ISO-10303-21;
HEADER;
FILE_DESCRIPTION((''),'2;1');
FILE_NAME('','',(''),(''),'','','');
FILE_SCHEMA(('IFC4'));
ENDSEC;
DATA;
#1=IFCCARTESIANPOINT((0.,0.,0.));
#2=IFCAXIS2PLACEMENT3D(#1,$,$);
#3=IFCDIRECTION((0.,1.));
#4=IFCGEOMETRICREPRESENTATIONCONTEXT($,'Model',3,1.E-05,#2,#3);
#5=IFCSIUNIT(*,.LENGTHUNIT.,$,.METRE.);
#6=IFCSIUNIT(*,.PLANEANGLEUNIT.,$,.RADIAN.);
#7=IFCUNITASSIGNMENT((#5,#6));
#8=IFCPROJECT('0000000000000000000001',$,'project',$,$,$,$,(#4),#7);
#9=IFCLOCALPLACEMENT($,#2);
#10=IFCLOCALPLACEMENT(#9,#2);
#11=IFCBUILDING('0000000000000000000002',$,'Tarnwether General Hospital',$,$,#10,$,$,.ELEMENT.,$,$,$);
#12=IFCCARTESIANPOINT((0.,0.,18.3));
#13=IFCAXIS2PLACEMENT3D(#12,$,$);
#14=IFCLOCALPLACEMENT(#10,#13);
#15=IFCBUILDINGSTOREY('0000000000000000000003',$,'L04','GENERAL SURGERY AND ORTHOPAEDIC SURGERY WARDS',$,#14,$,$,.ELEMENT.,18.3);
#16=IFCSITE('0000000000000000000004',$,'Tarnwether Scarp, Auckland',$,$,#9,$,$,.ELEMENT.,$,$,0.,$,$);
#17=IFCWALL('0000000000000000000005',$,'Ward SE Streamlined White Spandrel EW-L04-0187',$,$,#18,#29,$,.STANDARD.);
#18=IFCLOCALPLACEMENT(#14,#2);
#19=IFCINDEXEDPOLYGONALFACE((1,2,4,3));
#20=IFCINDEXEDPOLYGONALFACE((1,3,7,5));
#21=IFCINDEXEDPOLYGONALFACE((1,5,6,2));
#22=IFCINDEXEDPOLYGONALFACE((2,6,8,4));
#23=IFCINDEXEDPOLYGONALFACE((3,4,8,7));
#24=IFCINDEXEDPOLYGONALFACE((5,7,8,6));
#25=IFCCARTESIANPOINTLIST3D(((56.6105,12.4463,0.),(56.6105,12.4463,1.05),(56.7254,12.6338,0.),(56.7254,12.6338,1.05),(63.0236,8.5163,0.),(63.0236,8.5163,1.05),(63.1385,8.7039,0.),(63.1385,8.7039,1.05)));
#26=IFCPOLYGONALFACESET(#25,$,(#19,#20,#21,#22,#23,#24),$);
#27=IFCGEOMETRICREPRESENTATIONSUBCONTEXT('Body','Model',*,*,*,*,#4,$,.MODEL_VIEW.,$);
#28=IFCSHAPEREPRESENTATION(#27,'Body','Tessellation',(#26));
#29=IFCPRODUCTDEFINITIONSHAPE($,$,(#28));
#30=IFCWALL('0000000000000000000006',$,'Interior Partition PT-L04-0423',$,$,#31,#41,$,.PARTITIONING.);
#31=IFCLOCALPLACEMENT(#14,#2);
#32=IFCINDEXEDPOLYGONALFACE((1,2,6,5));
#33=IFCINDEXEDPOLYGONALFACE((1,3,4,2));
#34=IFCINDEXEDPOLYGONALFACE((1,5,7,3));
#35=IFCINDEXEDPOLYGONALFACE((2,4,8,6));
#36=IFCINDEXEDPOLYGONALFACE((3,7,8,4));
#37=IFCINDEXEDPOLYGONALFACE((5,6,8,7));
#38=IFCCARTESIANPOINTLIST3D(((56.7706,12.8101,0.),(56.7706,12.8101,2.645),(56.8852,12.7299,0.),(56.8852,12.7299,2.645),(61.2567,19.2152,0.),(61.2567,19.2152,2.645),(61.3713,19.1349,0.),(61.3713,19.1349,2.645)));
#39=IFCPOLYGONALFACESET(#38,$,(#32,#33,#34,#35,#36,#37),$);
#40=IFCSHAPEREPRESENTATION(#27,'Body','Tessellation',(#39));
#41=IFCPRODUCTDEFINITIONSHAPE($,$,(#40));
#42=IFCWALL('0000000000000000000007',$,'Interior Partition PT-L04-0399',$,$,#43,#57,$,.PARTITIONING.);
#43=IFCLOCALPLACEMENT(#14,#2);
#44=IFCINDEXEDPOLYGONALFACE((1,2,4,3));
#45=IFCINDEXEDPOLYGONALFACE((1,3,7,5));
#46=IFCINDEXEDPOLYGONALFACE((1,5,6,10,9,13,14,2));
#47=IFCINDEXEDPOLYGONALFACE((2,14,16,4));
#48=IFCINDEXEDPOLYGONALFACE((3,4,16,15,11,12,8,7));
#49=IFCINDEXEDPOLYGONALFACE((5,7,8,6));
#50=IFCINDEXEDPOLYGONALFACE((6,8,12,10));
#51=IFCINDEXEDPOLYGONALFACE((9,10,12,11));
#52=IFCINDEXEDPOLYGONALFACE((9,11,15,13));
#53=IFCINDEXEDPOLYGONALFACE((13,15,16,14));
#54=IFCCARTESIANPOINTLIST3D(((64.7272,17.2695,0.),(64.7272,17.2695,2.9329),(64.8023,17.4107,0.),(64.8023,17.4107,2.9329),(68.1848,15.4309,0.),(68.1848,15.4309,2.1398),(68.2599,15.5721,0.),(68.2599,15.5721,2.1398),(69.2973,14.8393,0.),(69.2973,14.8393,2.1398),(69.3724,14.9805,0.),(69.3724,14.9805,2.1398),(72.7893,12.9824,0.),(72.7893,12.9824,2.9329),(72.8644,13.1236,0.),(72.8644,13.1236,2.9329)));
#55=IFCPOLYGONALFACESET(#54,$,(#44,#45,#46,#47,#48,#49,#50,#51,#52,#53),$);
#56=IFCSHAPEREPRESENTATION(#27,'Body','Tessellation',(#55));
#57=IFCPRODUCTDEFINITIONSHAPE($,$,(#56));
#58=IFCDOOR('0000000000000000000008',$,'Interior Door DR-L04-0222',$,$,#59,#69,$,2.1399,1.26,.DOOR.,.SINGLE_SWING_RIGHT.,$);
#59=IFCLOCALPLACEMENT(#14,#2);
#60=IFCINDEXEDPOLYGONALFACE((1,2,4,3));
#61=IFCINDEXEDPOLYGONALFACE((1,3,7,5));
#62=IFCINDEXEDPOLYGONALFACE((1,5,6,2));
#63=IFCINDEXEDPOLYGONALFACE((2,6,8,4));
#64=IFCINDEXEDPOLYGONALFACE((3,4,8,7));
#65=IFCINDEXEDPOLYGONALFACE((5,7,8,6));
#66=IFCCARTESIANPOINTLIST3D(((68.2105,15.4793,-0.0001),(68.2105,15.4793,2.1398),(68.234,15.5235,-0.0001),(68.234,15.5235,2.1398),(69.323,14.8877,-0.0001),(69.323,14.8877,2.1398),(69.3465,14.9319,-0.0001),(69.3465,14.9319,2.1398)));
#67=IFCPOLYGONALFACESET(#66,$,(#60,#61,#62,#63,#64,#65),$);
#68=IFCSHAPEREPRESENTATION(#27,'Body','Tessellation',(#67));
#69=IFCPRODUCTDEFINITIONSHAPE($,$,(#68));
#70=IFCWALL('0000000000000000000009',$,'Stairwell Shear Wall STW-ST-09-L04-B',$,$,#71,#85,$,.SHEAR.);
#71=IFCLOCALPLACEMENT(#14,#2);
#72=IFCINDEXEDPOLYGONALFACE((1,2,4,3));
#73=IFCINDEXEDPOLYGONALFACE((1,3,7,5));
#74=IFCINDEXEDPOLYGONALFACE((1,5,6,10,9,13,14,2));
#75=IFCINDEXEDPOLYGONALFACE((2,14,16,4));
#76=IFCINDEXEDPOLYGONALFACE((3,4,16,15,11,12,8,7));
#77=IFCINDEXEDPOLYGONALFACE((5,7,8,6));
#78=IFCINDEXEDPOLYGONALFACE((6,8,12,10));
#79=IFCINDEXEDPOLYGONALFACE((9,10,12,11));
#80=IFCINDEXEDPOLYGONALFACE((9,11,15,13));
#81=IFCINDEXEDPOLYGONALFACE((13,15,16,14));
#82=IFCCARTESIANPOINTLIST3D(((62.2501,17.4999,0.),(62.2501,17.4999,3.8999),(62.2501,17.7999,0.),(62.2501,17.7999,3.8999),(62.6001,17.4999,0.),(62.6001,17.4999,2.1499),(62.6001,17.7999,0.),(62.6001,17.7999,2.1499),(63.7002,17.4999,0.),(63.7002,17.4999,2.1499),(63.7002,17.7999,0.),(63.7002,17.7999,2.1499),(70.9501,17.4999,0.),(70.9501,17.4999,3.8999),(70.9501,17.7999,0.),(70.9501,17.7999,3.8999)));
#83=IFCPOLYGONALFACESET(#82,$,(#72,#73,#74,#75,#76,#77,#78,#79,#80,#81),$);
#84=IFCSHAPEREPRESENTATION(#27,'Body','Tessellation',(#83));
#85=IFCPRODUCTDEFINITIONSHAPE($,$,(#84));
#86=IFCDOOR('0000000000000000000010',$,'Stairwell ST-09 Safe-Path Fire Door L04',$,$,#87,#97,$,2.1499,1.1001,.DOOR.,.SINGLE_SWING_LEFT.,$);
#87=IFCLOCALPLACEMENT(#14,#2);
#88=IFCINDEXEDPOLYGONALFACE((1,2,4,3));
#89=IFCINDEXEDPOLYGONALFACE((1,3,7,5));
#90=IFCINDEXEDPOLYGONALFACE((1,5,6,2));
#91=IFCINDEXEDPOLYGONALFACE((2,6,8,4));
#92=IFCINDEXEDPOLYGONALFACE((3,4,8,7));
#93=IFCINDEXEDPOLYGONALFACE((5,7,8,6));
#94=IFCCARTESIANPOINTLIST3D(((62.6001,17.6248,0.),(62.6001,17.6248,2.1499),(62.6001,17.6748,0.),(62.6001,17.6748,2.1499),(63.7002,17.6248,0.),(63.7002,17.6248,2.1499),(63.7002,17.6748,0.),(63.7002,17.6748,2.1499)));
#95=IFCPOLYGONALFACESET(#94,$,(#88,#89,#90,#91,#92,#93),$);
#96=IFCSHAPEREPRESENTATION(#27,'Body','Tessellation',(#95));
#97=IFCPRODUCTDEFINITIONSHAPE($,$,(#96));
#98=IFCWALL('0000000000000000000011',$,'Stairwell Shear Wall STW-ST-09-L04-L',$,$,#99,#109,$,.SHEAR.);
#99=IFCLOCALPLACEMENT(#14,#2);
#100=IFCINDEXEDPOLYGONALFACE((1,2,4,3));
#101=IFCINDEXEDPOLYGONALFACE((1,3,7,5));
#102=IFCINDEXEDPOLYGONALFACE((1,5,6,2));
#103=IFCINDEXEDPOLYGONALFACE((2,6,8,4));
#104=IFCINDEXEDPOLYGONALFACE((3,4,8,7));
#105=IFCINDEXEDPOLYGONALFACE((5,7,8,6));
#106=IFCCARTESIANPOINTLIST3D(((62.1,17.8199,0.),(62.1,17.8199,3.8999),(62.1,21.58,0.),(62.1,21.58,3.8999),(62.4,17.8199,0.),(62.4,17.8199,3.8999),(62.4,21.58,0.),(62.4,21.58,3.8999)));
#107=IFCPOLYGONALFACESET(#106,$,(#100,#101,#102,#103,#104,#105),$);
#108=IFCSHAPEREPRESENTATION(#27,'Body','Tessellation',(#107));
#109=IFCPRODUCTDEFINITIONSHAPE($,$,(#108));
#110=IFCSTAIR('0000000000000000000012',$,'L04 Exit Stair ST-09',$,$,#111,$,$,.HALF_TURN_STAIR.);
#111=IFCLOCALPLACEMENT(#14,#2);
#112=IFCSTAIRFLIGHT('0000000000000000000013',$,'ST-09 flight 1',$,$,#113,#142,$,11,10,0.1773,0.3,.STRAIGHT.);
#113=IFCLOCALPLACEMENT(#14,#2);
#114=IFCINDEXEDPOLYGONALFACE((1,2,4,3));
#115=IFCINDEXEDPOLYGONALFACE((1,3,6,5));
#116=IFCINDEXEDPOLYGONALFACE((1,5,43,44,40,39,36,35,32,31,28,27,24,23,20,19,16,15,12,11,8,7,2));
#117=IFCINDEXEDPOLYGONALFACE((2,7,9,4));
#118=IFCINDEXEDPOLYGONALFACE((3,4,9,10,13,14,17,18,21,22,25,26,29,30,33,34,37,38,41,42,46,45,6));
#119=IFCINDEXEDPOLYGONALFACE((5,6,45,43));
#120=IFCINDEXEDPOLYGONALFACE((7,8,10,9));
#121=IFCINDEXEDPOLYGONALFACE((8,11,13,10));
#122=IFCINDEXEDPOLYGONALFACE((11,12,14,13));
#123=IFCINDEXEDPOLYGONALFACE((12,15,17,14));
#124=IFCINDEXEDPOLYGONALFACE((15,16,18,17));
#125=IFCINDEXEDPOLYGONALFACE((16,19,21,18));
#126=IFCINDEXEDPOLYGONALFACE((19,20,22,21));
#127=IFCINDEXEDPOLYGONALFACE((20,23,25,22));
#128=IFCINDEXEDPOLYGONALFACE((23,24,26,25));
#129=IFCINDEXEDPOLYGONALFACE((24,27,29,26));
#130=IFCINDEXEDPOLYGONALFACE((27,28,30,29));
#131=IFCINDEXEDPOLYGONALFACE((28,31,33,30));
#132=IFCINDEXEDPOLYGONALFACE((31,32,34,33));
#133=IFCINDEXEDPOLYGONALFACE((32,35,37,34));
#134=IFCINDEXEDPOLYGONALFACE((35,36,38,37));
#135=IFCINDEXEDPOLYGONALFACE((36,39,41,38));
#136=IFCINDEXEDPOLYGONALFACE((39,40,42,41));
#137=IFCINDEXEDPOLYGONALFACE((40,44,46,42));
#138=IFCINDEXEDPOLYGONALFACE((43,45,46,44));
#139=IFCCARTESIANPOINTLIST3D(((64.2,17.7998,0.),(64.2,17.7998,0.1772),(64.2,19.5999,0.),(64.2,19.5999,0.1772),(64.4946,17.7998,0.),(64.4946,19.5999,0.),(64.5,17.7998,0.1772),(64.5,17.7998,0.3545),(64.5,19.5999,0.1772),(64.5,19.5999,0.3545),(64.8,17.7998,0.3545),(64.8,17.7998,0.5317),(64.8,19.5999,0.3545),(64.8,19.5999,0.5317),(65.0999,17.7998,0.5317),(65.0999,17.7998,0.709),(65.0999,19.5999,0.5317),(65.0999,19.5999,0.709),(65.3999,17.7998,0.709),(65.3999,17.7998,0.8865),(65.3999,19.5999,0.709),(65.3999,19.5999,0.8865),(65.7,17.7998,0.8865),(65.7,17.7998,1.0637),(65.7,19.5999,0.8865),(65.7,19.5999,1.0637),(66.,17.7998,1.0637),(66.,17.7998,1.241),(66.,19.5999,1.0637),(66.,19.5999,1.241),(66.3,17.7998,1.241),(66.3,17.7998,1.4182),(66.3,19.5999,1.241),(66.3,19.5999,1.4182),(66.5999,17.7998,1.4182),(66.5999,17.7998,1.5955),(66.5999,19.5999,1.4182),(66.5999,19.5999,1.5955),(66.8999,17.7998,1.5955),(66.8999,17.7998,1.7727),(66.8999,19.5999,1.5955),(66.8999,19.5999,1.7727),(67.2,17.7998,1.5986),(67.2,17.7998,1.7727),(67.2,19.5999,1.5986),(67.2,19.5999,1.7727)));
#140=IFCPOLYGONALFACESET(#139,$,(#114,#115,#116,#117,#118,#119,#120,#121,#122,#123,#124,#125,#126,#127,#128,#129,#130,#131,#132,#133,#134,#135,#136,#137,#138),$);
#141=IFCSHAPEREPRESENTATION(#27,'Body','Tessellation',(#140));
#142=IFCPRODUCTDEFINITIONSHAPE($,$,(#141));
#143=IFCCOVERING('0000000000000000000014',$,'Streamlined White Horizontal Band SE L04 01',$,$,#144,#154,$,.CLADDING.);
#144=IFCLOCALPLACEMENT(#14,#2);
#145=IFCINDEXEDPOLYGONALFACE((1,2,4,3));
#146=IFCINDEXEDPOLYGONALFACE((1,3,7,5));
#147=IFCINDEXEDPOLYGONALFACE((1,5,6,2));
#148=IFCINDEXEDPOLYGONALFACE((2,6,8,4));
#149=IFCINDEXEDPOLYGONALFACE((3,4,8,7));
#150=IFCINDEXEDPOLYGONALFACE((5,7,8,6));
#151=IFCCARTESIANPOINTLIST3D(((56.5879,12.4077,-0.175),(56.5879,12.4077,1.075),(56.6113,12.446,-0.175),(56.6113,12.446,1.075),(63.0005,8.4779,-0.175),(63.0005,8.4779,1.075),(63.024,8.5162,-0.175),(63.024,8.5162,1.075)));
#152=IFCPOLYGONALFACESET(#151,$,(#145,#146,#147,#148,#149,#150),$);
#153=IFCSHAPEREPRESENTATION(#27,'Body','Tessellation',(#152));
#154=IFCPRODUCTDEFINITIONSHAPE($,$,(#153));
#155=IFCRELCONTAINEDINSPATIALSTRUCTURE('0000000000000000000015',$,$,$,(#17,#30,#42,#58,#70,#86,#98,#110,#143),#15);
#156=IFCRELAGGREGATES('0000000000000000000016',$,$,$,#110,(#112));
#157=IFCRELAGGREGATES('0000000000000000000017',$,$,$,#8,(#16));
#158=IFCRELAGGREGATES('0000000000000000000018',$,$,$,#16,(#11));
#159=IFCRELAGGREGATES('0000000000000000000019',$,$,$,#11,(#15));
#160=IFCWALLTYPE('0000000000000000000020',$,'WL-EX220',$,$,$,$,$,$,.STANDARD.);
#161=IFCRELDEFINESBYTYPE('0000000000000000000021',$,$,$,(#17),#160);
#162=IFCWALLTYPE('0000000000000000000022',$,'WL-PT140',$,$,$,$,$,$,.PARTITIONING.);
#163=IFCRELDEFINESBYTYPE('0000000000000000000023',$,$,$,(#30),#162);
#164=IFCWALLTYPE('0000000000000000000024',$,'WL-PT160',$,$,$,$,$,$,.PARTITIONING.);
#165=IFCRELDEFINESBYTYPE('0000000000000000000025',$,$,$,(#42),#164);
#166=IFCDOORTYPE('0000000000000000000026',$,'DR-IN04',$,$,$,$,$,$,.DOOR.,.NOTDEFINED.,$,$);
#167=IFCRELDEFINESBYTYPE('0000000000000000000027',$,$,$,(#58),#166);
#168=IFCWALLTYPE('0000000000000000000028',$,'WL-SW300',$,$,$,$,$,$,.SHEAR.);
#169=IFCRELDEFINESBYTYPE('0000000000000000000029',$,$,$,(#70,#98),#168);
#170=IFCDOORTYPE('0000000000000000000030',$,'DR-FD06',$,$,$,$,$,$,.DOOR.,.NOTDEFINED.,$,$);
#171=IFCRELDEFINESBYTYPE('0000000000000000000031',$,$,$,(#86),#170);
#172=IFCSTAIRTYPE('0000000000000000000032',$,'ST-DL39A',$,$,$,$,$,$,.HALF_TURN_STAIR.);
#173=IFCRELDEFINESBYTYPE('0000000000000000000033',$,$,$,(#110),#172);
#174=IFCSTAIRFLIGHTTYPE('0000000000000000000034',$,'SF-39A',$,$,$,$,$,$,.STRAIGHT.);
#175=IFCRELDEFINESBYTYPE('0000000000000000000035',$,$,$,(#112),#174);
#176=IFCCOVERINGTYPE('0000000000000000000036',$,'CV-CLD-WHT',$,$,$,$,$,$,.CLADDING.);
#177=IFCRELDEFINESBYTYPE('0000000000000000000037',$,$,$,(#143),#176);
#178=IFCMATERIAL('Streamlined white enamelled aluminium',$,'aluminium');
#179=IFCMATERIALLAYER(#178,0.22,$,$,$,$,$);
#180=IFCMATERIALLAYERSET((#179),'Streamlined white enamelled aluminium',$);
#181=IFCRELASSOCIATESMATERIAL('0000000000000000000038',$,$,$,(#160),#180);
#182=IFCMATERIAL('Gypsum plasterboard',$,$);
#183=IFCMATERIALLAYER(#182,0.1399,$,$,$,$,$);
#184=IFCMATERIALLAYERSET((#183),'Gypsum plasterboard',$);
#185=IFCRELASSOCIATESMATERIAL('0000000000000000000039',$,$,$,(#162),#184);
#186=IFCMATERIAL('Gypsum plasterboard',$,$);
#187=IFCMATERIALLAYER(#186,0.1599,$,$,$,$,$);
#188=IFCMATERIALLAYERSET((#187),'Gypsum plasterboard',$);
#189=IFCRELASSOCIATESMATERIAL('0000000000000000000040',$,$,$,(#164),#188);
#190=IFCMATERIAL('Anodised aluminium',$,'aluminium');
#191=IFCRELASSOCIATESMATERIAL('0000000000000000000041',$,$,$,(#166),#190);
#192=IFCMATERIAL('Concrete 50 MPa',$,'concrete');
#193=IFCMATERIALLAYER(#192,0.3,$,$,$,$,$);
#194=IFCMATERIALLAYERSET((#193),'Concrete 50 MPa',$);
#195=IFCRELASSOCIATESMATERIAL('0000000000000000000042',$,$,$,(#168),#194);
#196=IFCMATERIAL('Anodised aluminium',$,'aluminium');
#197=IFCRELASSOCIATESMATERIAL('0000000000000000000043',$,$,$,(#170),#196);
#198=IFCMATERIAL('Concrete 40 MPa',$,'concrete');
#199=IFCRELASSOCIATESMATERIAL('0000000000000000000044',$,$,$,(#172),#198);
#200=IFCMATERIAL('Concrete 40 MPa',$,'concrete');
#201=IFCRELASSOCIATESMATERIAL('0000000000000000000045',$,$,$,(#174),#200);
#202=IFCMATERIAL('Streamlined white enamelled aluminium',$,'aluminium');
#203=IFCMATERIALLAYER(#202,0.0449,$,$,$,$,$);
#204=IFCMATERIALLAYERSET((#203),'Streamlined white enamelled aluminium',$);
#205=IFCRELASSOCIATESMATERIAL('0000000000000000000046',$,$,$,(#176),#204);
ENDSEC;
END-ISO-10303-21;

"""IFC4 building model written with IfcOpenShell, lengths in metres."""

from ifc_helpers import new_model, si_unit, direction, frame, frame_2d, origin, origin_2d, place, context, subcontext, project, spatial, polyline, rectangle, outline, extrude, material, layer, layer_set, type_object, element, fill, aggregate, save


model = new_model("IFC4")

# Units and contexts
model_context = context("Model", 3, precision=1e-05, world=origin(), true_north=direction((0.0, 1.0)))
body_context = subcontext(model_context, "Body", "Model", "MODEL_VIEW")
ifc_project = project(units=[si_unit("LENGTHUNIT", "METRE"), si_unit("PLANEANGLEUNIT", "RADIAN")], contexts=[model_context])

# Site, building, storey
site_placement = place(None, origin())
site = spatial("IfcSite", under=ifc_project, at=site_placement, Name="Tarnwether Scarp, Auckland", CompositionType="ELEMENT", RefElevation=0.0)
building_placement = place(site_placement, origin())
building = spatial("IfcBuilding", under=site, at=building_placement, Name="Tarnwether General Hospital", CompositionType="ELEMENT")
storey_placement = place(building_placement, frame((0.0, 0.0, 18.3)))
storey = spatial("IfcBuildingStorey", under=building, at=storey_placement, Name="L04", Description="GENERAL SURGERY AND ORTHOPAEDIC SURGERY WARDS", CompositionType="ELEMENT", Elevation=18.3)

# Walls
ifc_material_1 = material(Name="Streamlined white enamelled aluminium", Category="aluminium")
ifc_layer_1 = layer(ifc_material_1, 0.22)
ifc_layer_set_1 = layer_set([ifc_layer_1], Name="Streamlined white enamelled aluminium")
wall_type_1 = type_object("IfcWallType", Name="WL-EX220", PredefinedType="STANDARD", material=ifc_layer_set_1)
wall_1_placement = place(storey_placement, frame((63.0811, 8.6101, 0.0), z_axis=(0.0, 0.0, 1.0), x_axis=(-0.852641, 0.522497, 0.0)))
element("IfcWall", 1, at=wall_1_placement, inside=storey, type_object=wall_type_1, Name="Ward SE Streamlined White Spandrel EW-L04-0187", PredefinedType="STANDARD", context=body_context, shape_type="SweptSolid", body=[
    extrude(rectangle(XDim=7.5215, YDim=0.22, at=frame_2d((3.7607, 0.0))), origin(), (0.0, 0.0, 1.0), 1.05),
])
ifc_material_2 = material(Name="Gypsum plasterboard")
ifc_layer_2 = layer(ifc_material_2, 0.1399)
ifc_layer_set_2 = layer_set([ifc_layer_2], Name="Gypsum plasterboard")
wall_type_2 = type_object("IfcWallType", Name="WL-PT140", PredefinedType="PARTITIONING", material=ifc_layer_set_2)
wall_2_placement = place(storey_placement, frame((61.314, 19.175, 0.0), z_axis=(0.0, 0.0, 1.0), x_axis=(-0.573682, -0.819078, 0.0)))
element("IfcWall", 2, at=wall_2_placement, inside=storey, type_object=wall_type_2, Name="Interior Partition PT-L04-0423", PredefinedType="PARTITIONING", context=body_context, shape_type="SweptSolid", body=[
    extrude(rectangle(XDim=7.8198, YDim=0.1399, at=frame_2d((3.9099, 0.0))), origin(), (0.0, 0.0, 1.0), 2.645),
])

# Walls, openings, doors
ifc_material_3 = material(Name="Gypsum plasterboard")
ifc_layer_3 = layer(ifc_material_3, 0.1599)
ifc_layer_set_3 = layer_set([ifc_layer_3], Name="Gypsum plasterboard")
wall_type_3 = type_object("IfcWallType", Name="WL-PT160", PredefinedType="PARTITIONING", material=ifc_layer_set_3)
wall_3_placement = place(storey_placement, frame((64.7649, 17.3401, 0.0), z_axis=(0.0, 0.0, 1.0), x_axis=(0.882927, -0.469511, 0.0)))
wall_3 = element("IfcWall", 3, at=wall_3_placement, inside=storey, type_object=wall_type_3, Name="Interior Partition PT-L04-0399", PredefinedType="PARTITIONING", context=body_context, shape_type="SweptSolid", body=[
    extrude(rectangle(XDim=9.1311, YDim=0.1599, at=frame_2d((4.5654, 0.0))), origin(), (0.0, 0.0, 1.0), 2.9329),
])
opening_1_placement = place(wall_3_placement, frame((3.916, 0.0, 0.0)))
opening_1 = element("IfcOpeningElement", 4, at=opening_1_placement, cuts=wall_3, PredefinedType="OPENING", context=body_context, shape_type="SweptSolid", body=[
    extrude(rectangle(XDim=1.26, YDim=2.1399, at=frame_2d((0.6299, 1.0698))), frame((0.0, 0.0898, 0.0), z_axis=(0.0, -1.0, 0.0), x_axis=(1.0, 0.0, 0.0)), (0.0, 0.0, 1.0), 0.1799),
])
ifc_material_4 = material(Name="Anodised aluminium", Category="aluminium")
door_type_1 = type_object("IfcDoorType", Name="DR-IN04", OperationType="NOTDEFINED", PredefinedType="DOOR", material=ifc_material_4)
door_1_placement = place(opening_1_placement, origin())
door_1 = element("IfcDoor", 5, at=door_1_placement, inside=storey, type_object=door_type_1, Name="Interior Door DR-L04-0222", OperationType="SINGLE_SWING_RIGHT", OverallHeight=2.1399, OverallWidth=1.26, PredefinedType="DOOR", context=body_context, shape_type="SweptSolid", body=[
    extrude(rectangle(XDim=1.26, YDim=2.1399, at=frame_2d((0.6299, 1.0698))), frame((0.0, 0.0249, 0.0), z_axis=(0.0, -1.0, 0.0), x_axis=(1.0, 0.0, 0.0)), (0.0, 0.0, 1.0), 0.05),
])
fill(opening_1, door_1)
ifc_material_5 = material(Name="Concrete 50 MPa", Category="concrete")
ifc_layer_4 = layer(ifc_material_5, 0.3)
ifc_layer_set_4 = layer_set([ifc_layer_4], Name="Concrete 50 MPa")
wall_type_4 = type_object("IfcWallType", Name="WL-SW300", PredefinedType="SHEAR", material=ifc_layer_set_4)
wall_4_placement = place(storey_placement, frame((62.25, 17.6499, 0.0), z_axis=(0.0, 0.0, 1.0), x_axis=(1.0, 0.0, 0.0)))
wall_4 = element("IfcWall", 6, at=wall_4_placement, inside=storey, type_object=wall_type_4, Name="Stairwell Shear Wall STW-ST-09-L04-B", PredefinedType="SHEAR", context=body_context, shape_type="SweptSolid", body=[
    extrude(rectangle(XDim=8.7, YDim=0.3, at=frame_2d((4.3501, 0.0))), origin(), (0.0, 0.0, 1.0), 3.8999),
])
opening_2_placement = place(wall_4_placement, frame((0.3501, 0.0, 0.0)))
opening_2 = element("IfcOpeningElement", 7, at=opening_2_placement, cuts=wall_4, PredefinedType="OPENING", context=body_context, shape_type="SweptSolid", body=[
    extrude(rectangle(XDim=1.1001, YDim=2.1499, at=frame_2d((0.55, 1.075))), frame((0.0, 0.1602, 0.0), z_axis=(0.0, -1.0, 0.0), x_axis=(1.0, 0.0, 0.0)), (0.0, 0.0, 1.0), 0.3201),
])
ifc_material_6 = material(Name="Anodised aluminium", Category="aluminium")
door_type_2 = type_object("IfcDoorType", Name="DR-FD06", OperationType="NOTDEFINED", PredefinedType="DOOR", material=ifc_material_6)
door_2_placement = place(opening_2_placement, origin())
door_2 = element("IfcDoor", 8, at=door_2_placement, inside=storey, type_object=door_type_2, Name="Stairwell ST-09 Safe-Path Fire Door L04", OperationType="SINGLE_SWING_LEFT", OverallHeight=2.1499, OverallWidth=1.1001, PredefinedType="DOOR", context=body_context, shape_type="SweptSolid", body=[
    extrude(rectangle(XDim=1.1001, YDim=2.1499, at=frame_2d((0.55, 1.075))), frame((0.0, 0.0249, 0.0), z_axis=(0.0, -1.0, 0.0), x_axis=(1.0, 0.0, 0.0)), (0.0, 0.0, 1.0), 0.05),
])
fill(opening_2, door_2)

# Wall
wall_5_placement = place(storey_placement, frame((62.25, 17.8201, 0.0), z_axis=(0.0, 0.0, 1.0), x_axis=(0.0, 1.0, 0.0)))
element("IfcWall", 9, at=wall_5_placement, inside=storey, type_object=wall_type_4, Name="Stairwell Shear Wall STW-ST-09-L04-L", PredefinedType="SHEAR", context=body_context, shape_type="SweptSolid", body=[
    extrude(rectangle(XDim=3.76, YDim=0.3, at=frame_2d((1.8799, 0.0))), origin(), (0.0, 0.0, 1.0), 3.8999),
])

# Stair, stair flight
ifc_material_7 = material(Name="Concrete 40 MPa", Category="concrete")
stair_type = type_object("IfcStairType", Name="ST-DL39A", PredefinedType="HALF_TURN_STAIR", material=ifc_material_7)
stair_placement = place(storey_placement, origin())
stair = element("IfcStair", 10, at=stair_placement, inside=storey, type_object=stair_type, Name="L04 Exit Stair ST-09", PredefinedType="HALF_TURN_STAIR")
ifc_material_8 = material(Name="Concrete 40 MPa", Category="concrete")
stair_flight_type = type_object("IfcStairFlightType", Name="SF-39A", PredefinedType="STRAIGHT", material=ifc_material_8)
stair_flight_placement = place(storey_placement, frame((64.2, 18.7, 0.0), z_axis=(0.0, 0.0, 1.0), x_axis=(1.0, 0.0, 0.0)))
stair_flight = element("IfcStairFlight", 11, at=stair_flight_placement, type_object=stair_flight_type, Name="ST-09 flight 1", NumberOfRisers=11, NumberOfTreads=10, PredefinedType="STRAIGHT", RiserHeight=0.1773, TreadLength=0.3, context=body_context, shape_type="SweptSolid", body=[
    extrude(outline(polyline([(0.0, 0.0), (0.0, 0.1772), (0.3, 0.1772), (0.3, 0.3545), (0.6001, 0.3545), (0.6001, 0.5317), (0.8999, 0.5317), (0.8999, 0.709), (1.2, 0.709), (1.2, 0.8865), (1.5, 0.8865), (1.5, 1.0637), (1.8, 1.0637), (1.8, 1.241), (2.1001, 1.241), (2.1001, 1.4182), (2.3999, 1.4182), (2.3999, 1.5955), (2.7, 1.5955), (2.7, 1.7727), (3.0, 1.7727), (3.0, 1.95), (3.0, 1.5986), (0.2947, 0.0), (0.0, 0.0)])), frame((0.0, 0.8999, 0.0), z_axis=(0.0, -1.0, 0.0), x_axis=(1.0, 0.0, 0.0)), (0.0, 0.0, 1.0), 1.8),
])
aggregate(stair, [stair_flight])

# Covering
ifc_material_9 = material(Name="Streamlined white enamelled aluminium", Category="aluminium")
ifc_layer_5 = layer(ifc_material_9, 0.0449)
ifc_layer_set_5 = layer_set([ifc_layer_5], Name="Streamlined white enamelled aluminium")
covering_type = type_object("IfcCoveringType", Name="CV-CLD-WHT", PredefinedType="CLADDING", material=ifc_layer_set_5)
covering_placement = place(storey_placement, frame((59.8059, 10.4619, -0.175), z_axis=(0.0, 0.0, 1.0), x_axis=(-0.852631, 0.522513, 0.0)))
element("IfcCovering", 12, at=covering_placement, inside=storey, type_object=covering_type, Name="Streamlined White Horizontal Band SE L04 01", PredefinedType="CLADDING", context=body_context, shape_type="SweptSolid", body=[
    extrude(rectangle(XDim=7.521, YDim=0.0449, at=origin_2d()), origin(), (0.0, 0.0, 1.0), 1.25),
])

save(model, "model.ifc")
